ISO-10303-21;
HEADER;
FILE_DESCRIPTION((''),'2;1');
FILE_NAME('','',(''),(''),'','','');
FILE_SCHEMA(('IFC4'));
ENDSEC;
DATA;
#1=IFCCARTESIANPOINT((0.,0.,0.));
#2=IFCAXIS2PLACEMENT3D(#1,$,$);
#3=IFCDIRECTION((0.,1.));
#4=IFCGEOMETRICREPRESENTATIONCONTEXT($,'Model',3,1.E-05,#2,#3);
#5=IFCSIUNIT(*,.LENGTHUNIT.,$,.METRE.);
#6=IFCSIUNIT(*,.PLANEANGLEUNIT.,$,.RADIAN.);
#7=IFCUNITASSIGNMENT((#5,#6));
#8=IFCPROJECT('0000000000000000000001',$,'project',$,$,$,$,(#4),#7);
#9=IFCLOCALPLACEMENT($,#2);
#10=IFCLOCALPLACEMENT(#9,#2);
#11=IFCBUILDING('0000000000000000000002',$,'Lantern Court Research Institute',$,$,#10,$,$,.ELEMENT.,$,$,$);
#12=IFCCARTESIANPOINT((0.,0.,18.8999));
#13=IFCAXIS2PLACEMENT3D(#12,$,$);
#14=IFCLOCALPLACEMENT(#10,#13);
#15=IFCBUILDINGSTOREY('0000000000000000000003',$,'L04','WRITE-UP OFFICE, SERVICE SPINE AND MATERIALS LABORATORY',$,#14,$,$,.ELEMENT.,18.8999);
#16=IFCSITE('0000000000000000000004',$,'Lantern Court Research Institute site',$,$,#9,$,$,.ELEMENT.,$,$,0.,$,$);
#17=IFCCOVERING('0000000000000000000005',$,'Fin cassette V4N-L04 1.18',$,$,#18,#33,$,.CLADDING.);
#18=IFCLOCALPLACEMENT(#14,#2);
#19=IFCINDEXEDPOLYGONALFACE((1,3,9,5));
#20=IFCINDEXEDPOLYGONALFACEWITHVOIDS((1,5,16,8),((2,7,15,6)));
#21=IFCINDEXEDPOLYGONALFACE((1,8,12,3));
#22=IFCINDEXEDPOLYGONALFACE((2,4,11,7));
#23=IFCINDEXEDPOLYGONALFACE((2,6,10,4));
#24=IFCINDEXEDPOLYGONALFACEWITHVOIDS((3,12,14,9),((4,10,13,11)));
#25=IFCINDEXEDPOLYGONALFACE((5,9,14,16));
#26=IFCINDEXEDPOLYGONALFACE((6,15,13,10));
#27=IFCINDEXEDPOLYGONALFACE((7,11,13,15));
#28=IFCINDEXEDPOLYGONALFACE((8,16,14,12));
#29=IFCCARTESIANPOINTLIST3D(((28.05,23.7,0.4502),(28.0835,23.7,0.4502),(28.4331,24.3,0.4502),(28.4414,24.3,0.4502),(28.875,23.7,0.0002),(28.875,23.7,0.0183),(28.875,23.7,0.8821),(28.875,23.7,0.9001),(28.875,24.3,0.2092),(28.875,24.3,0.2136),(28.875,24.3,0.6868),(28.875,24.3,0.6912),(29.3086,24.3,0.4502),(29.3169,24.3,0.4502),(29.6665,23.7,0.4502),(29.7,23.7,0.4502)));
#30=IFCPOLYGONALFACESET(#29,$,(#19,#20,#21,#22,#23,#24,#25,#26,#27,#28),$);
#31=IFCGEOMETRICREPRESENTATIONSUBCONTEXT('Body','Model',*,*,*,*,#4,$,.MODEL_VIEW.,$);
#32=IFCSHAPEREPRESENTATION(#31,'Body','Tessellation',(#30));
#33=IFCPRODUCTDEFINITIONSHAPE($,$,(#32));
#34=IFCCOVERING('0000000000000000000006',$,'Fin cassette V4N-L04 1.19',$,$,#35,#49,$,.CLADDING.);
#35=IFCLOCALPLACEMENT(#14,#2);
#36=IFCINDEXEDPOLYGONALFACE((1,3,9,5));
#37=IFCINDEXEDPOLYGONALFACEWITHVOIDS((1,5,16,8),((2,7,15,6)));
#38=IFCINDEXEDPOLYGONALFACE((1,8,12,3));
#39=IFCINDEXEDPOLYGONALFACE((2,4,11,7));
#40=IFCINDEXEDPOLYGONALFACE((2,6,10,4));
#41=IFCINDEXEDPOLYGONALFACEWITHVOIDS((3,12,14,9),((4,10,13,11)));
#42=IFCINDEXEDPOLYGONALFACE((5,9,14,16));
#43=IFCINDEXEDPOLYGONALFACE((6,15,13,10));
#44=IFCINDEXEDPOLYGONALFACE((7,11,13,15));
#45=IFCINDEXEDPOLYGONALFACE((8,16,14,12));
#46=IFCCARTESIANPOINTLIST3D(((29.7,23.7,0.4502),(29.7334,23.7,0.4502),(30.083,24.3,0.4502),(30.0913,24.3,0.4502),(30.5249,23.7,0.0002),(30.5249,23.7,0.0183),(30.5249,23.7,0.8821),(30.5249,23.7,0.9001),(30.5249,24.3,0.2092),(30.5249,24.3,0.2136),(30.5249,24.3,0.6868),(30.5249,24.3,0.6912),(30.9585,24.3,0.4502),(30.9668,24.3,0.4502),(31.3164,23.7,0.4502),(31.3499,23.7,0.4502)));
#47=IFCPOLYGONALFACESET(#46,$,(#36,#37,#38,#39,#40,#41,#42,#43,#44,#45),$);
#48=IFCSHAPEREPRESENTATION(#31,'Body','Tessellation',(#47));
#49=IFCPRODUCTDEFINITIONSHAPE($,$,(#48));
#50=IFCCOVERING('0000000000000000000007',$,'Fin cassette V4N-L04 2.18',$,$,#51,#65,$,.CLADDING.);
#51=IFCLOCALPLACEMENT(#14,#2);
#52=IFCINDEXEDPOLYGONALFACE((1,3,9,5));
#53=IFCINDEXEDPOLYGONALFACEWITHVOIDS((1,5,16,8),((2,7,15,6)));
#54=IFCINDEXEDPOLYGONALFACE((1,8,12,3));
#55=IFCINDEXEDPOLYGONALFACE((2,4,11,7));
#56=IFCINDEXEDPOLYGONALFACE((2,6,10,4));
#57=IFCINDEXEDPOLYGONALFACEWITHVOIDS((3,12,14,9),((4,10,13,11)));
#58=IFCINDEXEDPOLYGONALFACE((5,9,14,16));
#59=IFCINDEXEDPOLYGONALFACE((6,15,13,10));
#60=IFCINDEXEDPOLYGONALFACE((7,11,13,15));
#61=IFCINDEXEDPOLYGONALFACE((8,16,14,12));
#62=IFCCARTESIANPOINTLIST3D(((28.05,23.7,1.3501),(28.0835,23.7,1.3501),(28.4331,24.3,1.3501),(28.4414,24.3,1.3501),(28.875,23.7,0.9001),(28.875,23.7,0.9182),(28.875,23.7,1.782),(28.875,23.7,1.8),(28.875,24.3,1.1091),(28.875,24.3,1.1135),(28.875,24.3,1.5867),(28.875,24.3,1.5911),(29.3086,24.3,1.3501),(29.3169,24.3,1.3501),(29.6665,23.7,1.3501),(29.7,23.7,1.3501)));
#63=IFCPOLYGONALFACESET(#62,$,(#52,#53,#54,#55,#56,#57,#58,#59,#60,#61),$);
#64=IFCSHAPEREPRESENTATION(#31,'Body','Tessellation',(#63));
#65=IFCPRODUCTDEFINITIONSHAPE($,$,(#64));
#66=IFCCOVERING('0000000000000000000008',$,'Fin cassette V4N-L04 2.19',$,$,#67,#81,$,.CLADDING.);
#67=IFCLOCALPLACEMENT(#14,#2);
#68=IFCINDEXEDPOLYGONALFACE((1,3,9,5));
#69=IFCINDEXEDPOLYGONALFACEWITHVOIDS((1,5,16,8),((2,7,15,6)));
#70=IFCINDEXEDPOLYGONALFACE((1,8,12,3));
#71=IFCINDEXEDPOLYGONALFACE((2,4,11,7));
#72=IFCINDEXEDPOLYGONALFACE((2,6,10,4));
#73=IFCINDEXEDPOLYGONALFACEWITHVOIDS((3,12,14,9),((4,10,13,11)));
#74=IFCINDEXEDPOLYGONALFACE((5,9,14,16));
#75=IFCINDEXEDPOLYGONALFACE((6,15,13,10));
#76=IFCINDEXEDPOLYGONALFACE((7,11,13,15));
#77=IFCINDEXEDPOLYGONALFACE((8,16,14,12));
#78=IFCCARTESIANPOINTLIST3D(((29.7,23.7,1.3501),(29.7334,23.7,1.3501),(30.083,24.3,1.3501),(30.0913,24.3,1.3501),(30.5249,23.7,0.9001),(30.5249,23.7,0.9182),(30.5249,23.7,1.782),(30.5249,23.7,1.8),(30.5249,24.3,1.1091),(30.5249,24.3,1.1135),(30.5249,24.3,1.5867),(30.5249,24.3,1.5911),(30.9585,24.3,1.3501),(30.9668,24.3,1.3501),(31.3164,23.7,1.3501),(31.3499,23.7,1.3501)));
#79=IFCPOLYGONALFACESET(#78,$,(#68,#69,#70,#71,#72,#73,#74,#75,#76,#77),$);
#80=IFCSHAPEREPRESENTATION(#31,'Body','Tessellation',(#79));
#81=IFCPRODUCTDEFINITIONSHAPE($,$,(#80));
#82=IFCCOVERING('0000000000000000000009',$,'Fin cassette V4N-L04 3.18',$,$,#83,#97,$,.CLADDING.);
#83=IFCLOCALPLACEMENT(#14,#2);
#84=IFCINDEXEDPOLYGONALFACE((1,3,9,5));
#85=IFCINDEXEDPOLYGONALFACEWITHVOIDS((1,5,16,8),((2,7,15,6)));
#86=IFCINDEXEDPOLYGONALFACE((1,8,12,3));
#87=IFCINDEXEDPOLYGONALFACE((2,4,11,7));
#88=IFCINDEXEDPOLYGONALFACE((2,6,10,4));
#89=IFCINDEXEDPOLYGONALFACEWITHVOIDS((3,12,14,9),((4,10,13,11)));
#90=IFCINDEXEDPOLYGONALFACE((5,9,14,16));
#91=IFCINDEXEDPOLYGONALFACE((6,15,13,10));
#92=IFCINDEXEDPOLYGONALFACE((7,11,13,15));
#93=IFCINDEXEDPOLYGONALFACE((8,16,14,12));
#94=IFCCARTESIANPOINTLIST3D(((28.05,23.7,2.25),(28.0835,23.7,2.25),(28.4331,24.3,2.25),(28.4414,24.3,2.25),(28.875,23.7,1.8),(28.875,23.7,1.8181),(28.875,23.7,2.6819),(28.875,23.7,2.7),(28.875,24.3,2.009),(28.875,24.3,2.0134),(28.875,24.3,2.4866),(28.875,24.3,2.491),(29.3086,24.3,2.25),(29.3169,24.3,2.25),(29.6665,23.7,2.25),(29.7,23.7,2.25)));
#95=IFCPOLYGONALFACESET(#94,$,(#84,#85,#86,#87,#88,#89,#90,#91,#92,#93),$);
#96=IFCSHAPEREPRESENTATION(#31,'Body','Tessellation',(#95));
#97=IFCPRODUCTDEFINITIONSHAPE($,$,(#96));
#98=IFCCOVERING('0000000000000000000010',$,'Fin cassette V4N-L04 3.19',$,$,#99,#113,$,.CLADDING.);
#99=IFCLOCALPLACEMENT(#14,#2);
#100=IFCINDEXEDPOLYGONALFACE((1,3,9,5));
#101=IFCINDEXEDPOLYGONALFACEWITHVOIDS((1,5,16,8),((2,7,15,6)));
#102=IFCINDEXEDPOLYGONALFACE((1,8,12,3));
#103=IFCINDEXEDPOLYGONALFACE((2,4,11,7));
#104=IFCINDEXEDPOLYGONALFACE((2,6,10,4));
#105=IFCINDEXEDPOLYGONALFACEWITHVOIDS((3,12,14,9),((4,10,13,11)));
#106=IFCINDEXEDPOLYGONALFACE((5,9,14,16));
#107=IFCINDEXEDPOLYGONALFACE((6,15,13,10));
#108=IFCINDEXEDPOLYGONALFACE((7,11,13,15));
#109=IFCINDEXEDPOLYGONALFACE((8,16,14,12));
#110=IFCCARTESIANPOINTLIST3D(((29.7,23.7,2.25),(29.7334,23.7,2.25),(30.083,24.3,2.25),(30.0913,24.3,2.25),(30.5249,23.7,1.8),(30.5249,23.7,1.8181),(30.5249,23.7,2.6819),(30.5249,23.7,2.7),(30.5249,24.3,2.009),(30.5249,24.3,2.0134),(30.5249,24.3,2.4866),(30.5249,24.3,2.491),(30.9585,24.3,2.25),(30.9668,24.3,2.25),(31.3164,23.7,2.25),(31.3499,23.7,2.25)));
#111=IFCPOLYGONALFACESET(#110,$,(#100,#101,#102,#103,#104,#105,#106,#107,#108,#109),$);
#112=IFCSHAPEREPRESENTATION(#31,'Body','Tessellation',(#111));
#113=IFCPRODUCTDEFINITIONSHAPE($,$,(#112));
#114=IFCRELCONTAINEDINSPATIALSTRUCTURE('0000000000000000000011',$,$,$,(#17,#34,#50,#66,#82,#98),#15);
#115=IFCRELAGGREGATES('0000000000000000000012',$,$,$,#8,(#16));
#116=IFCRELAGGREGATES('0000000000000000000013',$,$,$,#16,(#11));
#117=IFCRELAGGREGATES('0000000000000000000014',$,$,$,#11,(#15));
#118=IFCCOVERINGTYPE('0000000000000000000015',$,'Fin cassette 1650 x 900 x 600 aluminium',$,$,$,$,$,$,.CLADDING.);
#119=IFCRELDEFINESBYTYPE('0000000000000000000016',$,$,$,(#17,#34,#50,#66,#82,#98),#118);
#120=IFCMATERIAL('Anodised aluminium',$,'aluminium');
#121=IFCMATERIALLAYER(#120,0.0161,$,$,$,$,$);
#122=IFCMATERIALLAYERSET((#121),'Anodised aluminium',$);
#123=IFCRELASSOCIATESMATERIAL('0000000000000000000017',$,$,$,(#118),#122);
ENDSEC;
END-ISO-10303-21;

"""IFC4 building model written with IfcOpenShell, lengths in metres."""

from ifc_helpers import new_model, entity, si_unit, direction, frame, origin, place, context, subcontext, project, spatial, material, layer, layer_set, type_object, element, save


model = new_model("IFC4")

# Units and contexts
model_context = context("Model", 3, precision=1e-05, world=origin(), true_north=direction((0.0, 1.0)))
body_context = subcontext(model_context, "Body", "Model", "MODEL_VIEW")
ifc_project = project(units=[si_unit("LENGTHUNIT", "METRE"), si_unit("PLANEANGLEUNIT", "RADIAN")], contexts=[model_context])

# Site, building, storey
site_placement = place(None, origin())
site = spatial("IfcSite", under=ifc_project, at=site_placement, Name="Lantern Court Research Institute site", CompositionType="ELEMENT", RefElevation=0.0)
building_placement = place(site_placement, origin())
building = spatial("IfcBuilding", under=site, at=building_placement, Name="Lantern Court Research Institute", CompositionType="ELEMENT")
storey_placement = place(building_placement, frame((0.0, 0.0, 18.8999)))
storey = spatial("IfcBuildingStorey", under=building, at=storey_placement, Name="L04", Description="WRITE-UP OFFICE, SERVICE SPINE AND MATERIALS LABORATORY", CompositionType="ELEMENT", Elevation=18.8999)

# Coverings
ifc_material_1 = material(Name="Anodised aluminium", Category="aluminium")
ifc_layer_1 = layer(ifc_material_1, 0.0161)
ifc_layer_set_1 = layer_set([ifc_layer_1], Name="Anodised aluminium")
covering_type = type_object("IfcCoveringType", Name="Fin cassette 1650 x 900 x 600 aluminium", PredefinedType="CLADDING", material=ifc_layer_set_1)
covering_1_placement = place(storey_placement, frame((28.875, 23.7, 0.4502), z_axis=(0.0, 1.0, 0.0), x_axis=(-1.0, 0.0, 0.0)))
cartesian_point_1 = entity("IfcCartesianPoint", [0.825, 0.0])
cartesian_point_2 = entity("IfcCartesianPoint", [0.7915, 0.0])
cartesian_point_3 = entity("IfcCartesianPoint", [0.4419, 0.0])
cartesian_point_4 = entity("IfcCartesianPoint", [0.4336, 0.0])
element("IfcCovering", 1, at=covering_1_placement, inside=storey, type_object=covering_type, Name="Fin cassette V4N-L04 1.18", PredefinedType="CLADDING", context=body_context, shape_type="SweptSolid", body=[
    entity("IfcExtrudedAreaSolidTapered", entity("IfcArbitraryProfileDefWithVoids", "AREA", None, entity("IfcPolyline", [cartesian_point_1, entity("IfcCartesianPoint", [0.0, 0.45]), entity("IfcCartesianPoint", [-0.825, 0.0]), entity("IfcCartesianPoint", [0.0, -0.45]), cartesian_point_1]), [entity("IfcPolyline", [cartesian_point_2, entity("IfcCartesianPoint", [0.0, 0.4319]), entity("IfcCartesianPoint", [-0.7915, 0.0]), entity("IfcCartesianPoint", [0.0, -0.4319]), cartesian_point_2])]), entity("IfcAxis2Placement3D", entity("IfcCartesianPoint", [0.0, 0.0, 0.0])), entity("IfcDirection", [0.0, 0.0, 1.0]), 0.6001, entity("IfcArbitraryProfileDefWithVoids", "AREA", None, entity("IfcPolyline", [cartesian_point_3, entity("IfcCartesianPoint", [0.0, 0.241]), entity("IfcCartesianPoint", [-0.4419, 0.0]), entity("IfcCartesianPoint", [0.0, -0.241]), cartesian_point_3]), [entity("IfcPolyline", [cartesian_point_4, entity("IfcCartesianPoint", [0.0, 0.2366]), entity("IfcCartesianPoint", [-0.4336, 0.0]), entity("IfcCartesianPoint", [0.0, -0.2366]), cartesian_point_4])])),
])
covering_2_placement = place(storey_placement, frame((30.5249, 23.7, 0.4502), z_axis=(0.0, 1.0, 0.0), x_axis=(-1.0, 0.0, 0.0)))
cartesian_point_5 = entity("IfcCartesianPoint", [0.825, 0.0])
cartesian_point_6 = entity("IfcCartesianPoint", [0.7915, 0.0])
cartesian_point_7 = entity("IfcCartesianPoint", [0.4419, 0.0])
cartesian_point_8 = entity("IfcCartesianPoint", [0.4336, 0.0])
element("IfcCovering", 2, at=covering_2_placement, inside=storey, type_object=covering_type, Name="Fin cassette V4N-L04 1.19", PredefinedType="CLADDING", context=body_context, shape_type="SweptSolid", body=[
    entity("IfcExtrudedAreaSolidTapered", entity("IfcArbitraryProfileDefWithVoids", "AREA", None, entity("IfcPolyline", [cartesian_point_5, entity("IfcCartesianPoint", [0.0, 0.45]), entity("IfcCartesianPoint", [-0.825, 0.0]), entity("IfcCartesianPoint", [0.0, -0.45]), cartesian_point_5]), [entity("IfcPolyline", [cartesian_point_6, entity("IfcCartesianPoint", [0.0, 0.4319]), entity("IfcCartesianPoint", [-0.7915, 0.0]), entity("IfcCartesianPoint", [0.0, -0.4319]), cartesian_point_6])]), entity("IfcAxis2Placement3D", entity("IfcCartesianPoint", [0.0, 0.0, 0.0])), entity("IfcDirection", [0.0, 0.0, 1.0]), 0.6001, entity("IfcArbitraryProfileDefWithVoids", "AREA", None, entity("IfcPolyline", [cartesian_point_7, entity("IfcCartesianPoint", [0.0, 0.241]), entity("IfcCartesianPoint", [-0.4419, 0.0]), entity("IfcCartesianPoint", [0.0, -0.241]), cartesian_point_7]), [entity("IfcPolyline", [cartesian_point_8, entity("IfcCartesianPoint", [0.0, 0.2366]), entity("IfcCartesianPoint", [-0.4336, 0.0]), entity("IfcCartesianPoint", [0.0, -0.2366]), cartesian_point_8])])),
])
covering_3_placement = place(storey_placement, frame((28.875, 23.7, 1.3501), z_axis=(0.0, 1.0, 0.0), x_axis=(-1.0, 0.0, 0.0)))
cartesian_point_9 = entity("IfcCartesianPoint", [0.825, 0.0])
cartesian_point_10 = entity("IfcCartesianPoint", [0.7915, 0.0])
cartesian_point_11 = entity("IfcCartesianPoint", [0.4419, 0.0])
cartesian_point_12 = entity("IfcCartesianPoint", [0.4336, 0.0])
element("IfcCovering", 3, at=covering_3_placement, inside=storey, type_object=covering_type, Name="Fin cassette V4N-L04 2.18", PredefinedType="CLADDING", context=body_context, shape_type="SweptSolid", body=[
    entity("IfcExtrudedAreaSolidTapered", entity("IfcArbitraryProfileDefWithVoids", "AREA", None, entity("IfcPolyline", [cartesian_point_9, entity("IfcCartesianPoint", [0.0, 0.45]), entity("IfcCartesianPoint", [-0.825, 0.0]), entity("IfcCartesianPoint", [0.0, -0.45]), cartesian_point_9]), [entity("IfcPolyline", [cartesian_point_10, entity("IfcCartesianPoint", [0.0, 0.4319]), entity("IfcCartesianPoint", [-0.7915, 0.0]), entity("IfcCartesianPoint", [0.0, -0.4319]), cartesian_point_10])]), entity("IfcAxis2Placement3D", entity("IfcCartesianPoint", [0.0, 0.0, 0.0])), entity("IfcDirection", [0.0, 0.0, 1.0]), 0.6001, entity("IfcArbitraryProfileDefWithVoids", "AREA", None, entity("IfcPolyline", [cartesian_point_11, entity("IfcCartesianPoint", [0.0, 0.241]), entity("IfcCartesianPoint", [-0.4419, 0.0]), entity("IfcCartesianPoint", [0.0, -0.241]), cartesian_point_11]), [entity("IfcPolyline", [cartesian_point_12, entity("IfcCartesianPoint", [0.0, 0.2366]), entity("IfcCartesianPoint", [-0.4336, 0.0]), entity("IfcCartesianPoint", [0.0, -0.2366]), cartesian_point_12])])),
])
covering_4_placement = place(storey_placement, frame((30.5249, 23.7, 1.3501), z_axis=(0.0, 1.0, 0.0), x_axis=(-1.0, 0.0, 0.0)))
cartesian_point_13 = entity("IfcCartesianPoint", [0.825, 0.0])
cartesian_point_14 = entity("IfcCartesianPoint", [0.7915, 0.0])
cartesian_point_15 = entity("IfcCartesianPoint", [0.4419, 0.0])
cartesian_point_16 = entity("IfcCartesianPoint", [0.4336, 0.0])
element("IfcCovering", 4, at=covering_4_placement, inside=storey, type_object=covering_type, Name="Fin cassette V4N-L04 2.19", PredefinedType="CLADDING", context=body_context, shape_type="SweptSolid", body=[
    entity("IfcExtrudedAreaSolidTapered", entity("IfcArbitraryProfileDefWithVoids", "AREA", None, entity("IfcPolyline", [cartesian_point_13, entity("IfcCartesianPoint", [0.0, 0.45]), entity("IfcCartesianPoint", [-0.825, 0.0]), entity("IfcCartesianPoint", [0.0, -0.45]), cartesian_point_13]), [entity("IfcPolyline", [cartesian_point_14, entity("IfcCartesianPoint", [0.0, 0.4319]), entity("IfcCartesianPoint", [-0.7915, 0.0]), entity("IfcCartesianPoint", [0.0, -0.4319]), cartesian_point_14])]), entity("IfcAxis2Placement3D", entity("IfcCartesianPoint", [0.0, 0.0, 0.0])), entity("IfcDirection", [0.0, 0.0, 1.0]), 0.6001, entity("IfcArbitraryProfileDefWithVoids", "AREA", None, entity("IfcPolyline", [cartesian_point_15, entity("IfcCartesianPoint", [0.0, 0.241]), entity("IfcCartesianPoint", [-0.4419, 0.0]), entity("IfcCartesianPoint", [0.0, -0.241]), cartesian_point_15]), [entity("IfcPolyline", [cartesian_point_16, entity("IfcCartesianPoint", [0.0, 0.2366]), entity("IfcCartesianPoint", [-0.4336, 0.0]), entity("IfcCartesianPoint", [0.0, -0.2366]), cartesian_point_16])])),
])
covering_5_placement = place(storey_placement, frame((28.875, 23.7, 2.25), z_axis=(0.0, 1.0, 0.0), x_axis=(-1.0, 0.0, 0.0)))
cartesian_point_17 = entity("IfcCartesianPoint", [0.825, 0.0])
cartesian_point_18 = entity("IfcCartesianPoint", [0.7915, 0.0])
cartesian_point_19 = entity("IfcCartesianPoint", [0.4419, 0.0])
cartesian_point_20 = entity("IfcCartesianPoint", [0.4336, 0.0])
element("IfcCovering", 5, at=covering_5_placement, inside=storey, type_object=covering_type, Name="Fin cassette V4N-L04 3.18", PredefinedType="CLADDING", context=body_context, shape_type="SweptSolid", body=[
    entity("IfcExtrudedAreaSolidTapered", entity("IfcArbitraryProfileDefWithVoids", "AREA", None, entity("IfcPolyline", [cartesian_point_17, entity("IfcCartesianPoint", [0.0, 0.45]), entity("IfcCartesianPoint", [-0.825, 0.0]), entity("IfcCartesianPoint", [0.0, -0.45]), cartesian_point_17]), [entity("IfcPolyline", [cartesian_point_18, entity("IfcCartesianPoint", [0.0, 0.4319]), entity("IfcCartesianPoint", [-0.7915, 0.0]), entity("IfcCartesianPoint", [0.0, -0.4319]), cartesian_point_18])]), entity("IfcAxis2Placement3D", entity("IfcCartesianPoint", [0.0, 0.0, 0.0])), entity("IfcDirection", [0.0, 0.0, 1.0]), 0.6001, entity("IfcArbitraryProfileDefWithVoids", "AREA", None, entity("IfcPolyline", [cartesian_point_19, entity("IfcCartesianPoint", [0.0, 0.241]), entity("IfcCartesianPoint", [-0.4419, 0.0]), entity("IfcCartesianPoint", [0.0, -0.241]), cartesian_point_19]), [entity("IfcPolyline", [cartesian_point_20, entity("IfcCartesianPoint", [0.0, 0.2366]), entity("IfcCartesianPoint", [-0.4336, 0.0]), entity("IfcCartesianPoint", [0.0, -0.2366]), cartesian_point_20])])),
])
covering_6_placement = place(storey_placement, frame((30.5249, 23.7, 2.25), z_axis=(0.0, 1.0, 0.0), x_axis=(-1.0, 0.0, 0.0)))
cartesian_point_21 = entity("IfcCartesianPoint", [0.825, 0.0])
cartesian_point_22 = entity("IfcCartesianPoint", [0.7915, 0.0])
cartesian_point_23 = entity("IfcCartesianPoint", [0.4419, 0.0])
cartesian_point_24 = entity("IfcCartesianPoint", [0.4336, 0.0])
element("IfcCovering", 6, at=covering_6_placement, inside=storey, type_object=covering_type, Name="Fin cassette V4N-L04 3.19", PredefinedType="CLADDING", context=body_context, shape_type="SweptSolid", body=[
    entity("IfcExtrudedAreaSolidTapered", entity("IfcArbitraryProfileDefWithVoids", "AREA", None, entity("IfcPolyline", [cartesian_point_21, entity("IfcCartesianPoint", [0.0, 0.45]), entity("IfcCartesianPoint", [-0.825, 0.0]), entity("IfcCartesianPoint", [0.0, -0.45]), cartesian_point_21]), [entity("IfcPolyline", [cartesian_point_22, entity("IfcCartesianPoint", [0.0, 0.4319]), entity("IfcCartesianPoint", [-0.7915, 0.0]), entity("IfcCartesianPoint", [0.0, -0.4319]), cartesian_point_22])]), entity("IfcAxis2Placement3D", entity("IfcCartesianPoint", [0.0, 0.0, 0.0])), entity("IfcDirection", [0.0, 0.0, 1.0]), 0.6001, entity("IfcArbitraryProfileDefWithVoids", "AREA", None, entity("IfcPolyline", [cartesian_point_23, entity("IfcCartesianPoint", [0.0, 0.241]), entity("IfcCartesianPoint", [-0.4419, 0.0]), entity("IfcCartesianPoint", [0.0, -0.241]), cartesian_point_23]), [entity("IfcPolyline", [cartesian_point_24, entity("IfcCartesianPoint", [0.0, 0.2366]), entity("IfcCartesianPoint", [-0.4336, 0.0]), entity("IfcCartesianPoint", [0.0, -0.2366]), cartesian_point_24])])),
])

save(model, "model.ifc")
